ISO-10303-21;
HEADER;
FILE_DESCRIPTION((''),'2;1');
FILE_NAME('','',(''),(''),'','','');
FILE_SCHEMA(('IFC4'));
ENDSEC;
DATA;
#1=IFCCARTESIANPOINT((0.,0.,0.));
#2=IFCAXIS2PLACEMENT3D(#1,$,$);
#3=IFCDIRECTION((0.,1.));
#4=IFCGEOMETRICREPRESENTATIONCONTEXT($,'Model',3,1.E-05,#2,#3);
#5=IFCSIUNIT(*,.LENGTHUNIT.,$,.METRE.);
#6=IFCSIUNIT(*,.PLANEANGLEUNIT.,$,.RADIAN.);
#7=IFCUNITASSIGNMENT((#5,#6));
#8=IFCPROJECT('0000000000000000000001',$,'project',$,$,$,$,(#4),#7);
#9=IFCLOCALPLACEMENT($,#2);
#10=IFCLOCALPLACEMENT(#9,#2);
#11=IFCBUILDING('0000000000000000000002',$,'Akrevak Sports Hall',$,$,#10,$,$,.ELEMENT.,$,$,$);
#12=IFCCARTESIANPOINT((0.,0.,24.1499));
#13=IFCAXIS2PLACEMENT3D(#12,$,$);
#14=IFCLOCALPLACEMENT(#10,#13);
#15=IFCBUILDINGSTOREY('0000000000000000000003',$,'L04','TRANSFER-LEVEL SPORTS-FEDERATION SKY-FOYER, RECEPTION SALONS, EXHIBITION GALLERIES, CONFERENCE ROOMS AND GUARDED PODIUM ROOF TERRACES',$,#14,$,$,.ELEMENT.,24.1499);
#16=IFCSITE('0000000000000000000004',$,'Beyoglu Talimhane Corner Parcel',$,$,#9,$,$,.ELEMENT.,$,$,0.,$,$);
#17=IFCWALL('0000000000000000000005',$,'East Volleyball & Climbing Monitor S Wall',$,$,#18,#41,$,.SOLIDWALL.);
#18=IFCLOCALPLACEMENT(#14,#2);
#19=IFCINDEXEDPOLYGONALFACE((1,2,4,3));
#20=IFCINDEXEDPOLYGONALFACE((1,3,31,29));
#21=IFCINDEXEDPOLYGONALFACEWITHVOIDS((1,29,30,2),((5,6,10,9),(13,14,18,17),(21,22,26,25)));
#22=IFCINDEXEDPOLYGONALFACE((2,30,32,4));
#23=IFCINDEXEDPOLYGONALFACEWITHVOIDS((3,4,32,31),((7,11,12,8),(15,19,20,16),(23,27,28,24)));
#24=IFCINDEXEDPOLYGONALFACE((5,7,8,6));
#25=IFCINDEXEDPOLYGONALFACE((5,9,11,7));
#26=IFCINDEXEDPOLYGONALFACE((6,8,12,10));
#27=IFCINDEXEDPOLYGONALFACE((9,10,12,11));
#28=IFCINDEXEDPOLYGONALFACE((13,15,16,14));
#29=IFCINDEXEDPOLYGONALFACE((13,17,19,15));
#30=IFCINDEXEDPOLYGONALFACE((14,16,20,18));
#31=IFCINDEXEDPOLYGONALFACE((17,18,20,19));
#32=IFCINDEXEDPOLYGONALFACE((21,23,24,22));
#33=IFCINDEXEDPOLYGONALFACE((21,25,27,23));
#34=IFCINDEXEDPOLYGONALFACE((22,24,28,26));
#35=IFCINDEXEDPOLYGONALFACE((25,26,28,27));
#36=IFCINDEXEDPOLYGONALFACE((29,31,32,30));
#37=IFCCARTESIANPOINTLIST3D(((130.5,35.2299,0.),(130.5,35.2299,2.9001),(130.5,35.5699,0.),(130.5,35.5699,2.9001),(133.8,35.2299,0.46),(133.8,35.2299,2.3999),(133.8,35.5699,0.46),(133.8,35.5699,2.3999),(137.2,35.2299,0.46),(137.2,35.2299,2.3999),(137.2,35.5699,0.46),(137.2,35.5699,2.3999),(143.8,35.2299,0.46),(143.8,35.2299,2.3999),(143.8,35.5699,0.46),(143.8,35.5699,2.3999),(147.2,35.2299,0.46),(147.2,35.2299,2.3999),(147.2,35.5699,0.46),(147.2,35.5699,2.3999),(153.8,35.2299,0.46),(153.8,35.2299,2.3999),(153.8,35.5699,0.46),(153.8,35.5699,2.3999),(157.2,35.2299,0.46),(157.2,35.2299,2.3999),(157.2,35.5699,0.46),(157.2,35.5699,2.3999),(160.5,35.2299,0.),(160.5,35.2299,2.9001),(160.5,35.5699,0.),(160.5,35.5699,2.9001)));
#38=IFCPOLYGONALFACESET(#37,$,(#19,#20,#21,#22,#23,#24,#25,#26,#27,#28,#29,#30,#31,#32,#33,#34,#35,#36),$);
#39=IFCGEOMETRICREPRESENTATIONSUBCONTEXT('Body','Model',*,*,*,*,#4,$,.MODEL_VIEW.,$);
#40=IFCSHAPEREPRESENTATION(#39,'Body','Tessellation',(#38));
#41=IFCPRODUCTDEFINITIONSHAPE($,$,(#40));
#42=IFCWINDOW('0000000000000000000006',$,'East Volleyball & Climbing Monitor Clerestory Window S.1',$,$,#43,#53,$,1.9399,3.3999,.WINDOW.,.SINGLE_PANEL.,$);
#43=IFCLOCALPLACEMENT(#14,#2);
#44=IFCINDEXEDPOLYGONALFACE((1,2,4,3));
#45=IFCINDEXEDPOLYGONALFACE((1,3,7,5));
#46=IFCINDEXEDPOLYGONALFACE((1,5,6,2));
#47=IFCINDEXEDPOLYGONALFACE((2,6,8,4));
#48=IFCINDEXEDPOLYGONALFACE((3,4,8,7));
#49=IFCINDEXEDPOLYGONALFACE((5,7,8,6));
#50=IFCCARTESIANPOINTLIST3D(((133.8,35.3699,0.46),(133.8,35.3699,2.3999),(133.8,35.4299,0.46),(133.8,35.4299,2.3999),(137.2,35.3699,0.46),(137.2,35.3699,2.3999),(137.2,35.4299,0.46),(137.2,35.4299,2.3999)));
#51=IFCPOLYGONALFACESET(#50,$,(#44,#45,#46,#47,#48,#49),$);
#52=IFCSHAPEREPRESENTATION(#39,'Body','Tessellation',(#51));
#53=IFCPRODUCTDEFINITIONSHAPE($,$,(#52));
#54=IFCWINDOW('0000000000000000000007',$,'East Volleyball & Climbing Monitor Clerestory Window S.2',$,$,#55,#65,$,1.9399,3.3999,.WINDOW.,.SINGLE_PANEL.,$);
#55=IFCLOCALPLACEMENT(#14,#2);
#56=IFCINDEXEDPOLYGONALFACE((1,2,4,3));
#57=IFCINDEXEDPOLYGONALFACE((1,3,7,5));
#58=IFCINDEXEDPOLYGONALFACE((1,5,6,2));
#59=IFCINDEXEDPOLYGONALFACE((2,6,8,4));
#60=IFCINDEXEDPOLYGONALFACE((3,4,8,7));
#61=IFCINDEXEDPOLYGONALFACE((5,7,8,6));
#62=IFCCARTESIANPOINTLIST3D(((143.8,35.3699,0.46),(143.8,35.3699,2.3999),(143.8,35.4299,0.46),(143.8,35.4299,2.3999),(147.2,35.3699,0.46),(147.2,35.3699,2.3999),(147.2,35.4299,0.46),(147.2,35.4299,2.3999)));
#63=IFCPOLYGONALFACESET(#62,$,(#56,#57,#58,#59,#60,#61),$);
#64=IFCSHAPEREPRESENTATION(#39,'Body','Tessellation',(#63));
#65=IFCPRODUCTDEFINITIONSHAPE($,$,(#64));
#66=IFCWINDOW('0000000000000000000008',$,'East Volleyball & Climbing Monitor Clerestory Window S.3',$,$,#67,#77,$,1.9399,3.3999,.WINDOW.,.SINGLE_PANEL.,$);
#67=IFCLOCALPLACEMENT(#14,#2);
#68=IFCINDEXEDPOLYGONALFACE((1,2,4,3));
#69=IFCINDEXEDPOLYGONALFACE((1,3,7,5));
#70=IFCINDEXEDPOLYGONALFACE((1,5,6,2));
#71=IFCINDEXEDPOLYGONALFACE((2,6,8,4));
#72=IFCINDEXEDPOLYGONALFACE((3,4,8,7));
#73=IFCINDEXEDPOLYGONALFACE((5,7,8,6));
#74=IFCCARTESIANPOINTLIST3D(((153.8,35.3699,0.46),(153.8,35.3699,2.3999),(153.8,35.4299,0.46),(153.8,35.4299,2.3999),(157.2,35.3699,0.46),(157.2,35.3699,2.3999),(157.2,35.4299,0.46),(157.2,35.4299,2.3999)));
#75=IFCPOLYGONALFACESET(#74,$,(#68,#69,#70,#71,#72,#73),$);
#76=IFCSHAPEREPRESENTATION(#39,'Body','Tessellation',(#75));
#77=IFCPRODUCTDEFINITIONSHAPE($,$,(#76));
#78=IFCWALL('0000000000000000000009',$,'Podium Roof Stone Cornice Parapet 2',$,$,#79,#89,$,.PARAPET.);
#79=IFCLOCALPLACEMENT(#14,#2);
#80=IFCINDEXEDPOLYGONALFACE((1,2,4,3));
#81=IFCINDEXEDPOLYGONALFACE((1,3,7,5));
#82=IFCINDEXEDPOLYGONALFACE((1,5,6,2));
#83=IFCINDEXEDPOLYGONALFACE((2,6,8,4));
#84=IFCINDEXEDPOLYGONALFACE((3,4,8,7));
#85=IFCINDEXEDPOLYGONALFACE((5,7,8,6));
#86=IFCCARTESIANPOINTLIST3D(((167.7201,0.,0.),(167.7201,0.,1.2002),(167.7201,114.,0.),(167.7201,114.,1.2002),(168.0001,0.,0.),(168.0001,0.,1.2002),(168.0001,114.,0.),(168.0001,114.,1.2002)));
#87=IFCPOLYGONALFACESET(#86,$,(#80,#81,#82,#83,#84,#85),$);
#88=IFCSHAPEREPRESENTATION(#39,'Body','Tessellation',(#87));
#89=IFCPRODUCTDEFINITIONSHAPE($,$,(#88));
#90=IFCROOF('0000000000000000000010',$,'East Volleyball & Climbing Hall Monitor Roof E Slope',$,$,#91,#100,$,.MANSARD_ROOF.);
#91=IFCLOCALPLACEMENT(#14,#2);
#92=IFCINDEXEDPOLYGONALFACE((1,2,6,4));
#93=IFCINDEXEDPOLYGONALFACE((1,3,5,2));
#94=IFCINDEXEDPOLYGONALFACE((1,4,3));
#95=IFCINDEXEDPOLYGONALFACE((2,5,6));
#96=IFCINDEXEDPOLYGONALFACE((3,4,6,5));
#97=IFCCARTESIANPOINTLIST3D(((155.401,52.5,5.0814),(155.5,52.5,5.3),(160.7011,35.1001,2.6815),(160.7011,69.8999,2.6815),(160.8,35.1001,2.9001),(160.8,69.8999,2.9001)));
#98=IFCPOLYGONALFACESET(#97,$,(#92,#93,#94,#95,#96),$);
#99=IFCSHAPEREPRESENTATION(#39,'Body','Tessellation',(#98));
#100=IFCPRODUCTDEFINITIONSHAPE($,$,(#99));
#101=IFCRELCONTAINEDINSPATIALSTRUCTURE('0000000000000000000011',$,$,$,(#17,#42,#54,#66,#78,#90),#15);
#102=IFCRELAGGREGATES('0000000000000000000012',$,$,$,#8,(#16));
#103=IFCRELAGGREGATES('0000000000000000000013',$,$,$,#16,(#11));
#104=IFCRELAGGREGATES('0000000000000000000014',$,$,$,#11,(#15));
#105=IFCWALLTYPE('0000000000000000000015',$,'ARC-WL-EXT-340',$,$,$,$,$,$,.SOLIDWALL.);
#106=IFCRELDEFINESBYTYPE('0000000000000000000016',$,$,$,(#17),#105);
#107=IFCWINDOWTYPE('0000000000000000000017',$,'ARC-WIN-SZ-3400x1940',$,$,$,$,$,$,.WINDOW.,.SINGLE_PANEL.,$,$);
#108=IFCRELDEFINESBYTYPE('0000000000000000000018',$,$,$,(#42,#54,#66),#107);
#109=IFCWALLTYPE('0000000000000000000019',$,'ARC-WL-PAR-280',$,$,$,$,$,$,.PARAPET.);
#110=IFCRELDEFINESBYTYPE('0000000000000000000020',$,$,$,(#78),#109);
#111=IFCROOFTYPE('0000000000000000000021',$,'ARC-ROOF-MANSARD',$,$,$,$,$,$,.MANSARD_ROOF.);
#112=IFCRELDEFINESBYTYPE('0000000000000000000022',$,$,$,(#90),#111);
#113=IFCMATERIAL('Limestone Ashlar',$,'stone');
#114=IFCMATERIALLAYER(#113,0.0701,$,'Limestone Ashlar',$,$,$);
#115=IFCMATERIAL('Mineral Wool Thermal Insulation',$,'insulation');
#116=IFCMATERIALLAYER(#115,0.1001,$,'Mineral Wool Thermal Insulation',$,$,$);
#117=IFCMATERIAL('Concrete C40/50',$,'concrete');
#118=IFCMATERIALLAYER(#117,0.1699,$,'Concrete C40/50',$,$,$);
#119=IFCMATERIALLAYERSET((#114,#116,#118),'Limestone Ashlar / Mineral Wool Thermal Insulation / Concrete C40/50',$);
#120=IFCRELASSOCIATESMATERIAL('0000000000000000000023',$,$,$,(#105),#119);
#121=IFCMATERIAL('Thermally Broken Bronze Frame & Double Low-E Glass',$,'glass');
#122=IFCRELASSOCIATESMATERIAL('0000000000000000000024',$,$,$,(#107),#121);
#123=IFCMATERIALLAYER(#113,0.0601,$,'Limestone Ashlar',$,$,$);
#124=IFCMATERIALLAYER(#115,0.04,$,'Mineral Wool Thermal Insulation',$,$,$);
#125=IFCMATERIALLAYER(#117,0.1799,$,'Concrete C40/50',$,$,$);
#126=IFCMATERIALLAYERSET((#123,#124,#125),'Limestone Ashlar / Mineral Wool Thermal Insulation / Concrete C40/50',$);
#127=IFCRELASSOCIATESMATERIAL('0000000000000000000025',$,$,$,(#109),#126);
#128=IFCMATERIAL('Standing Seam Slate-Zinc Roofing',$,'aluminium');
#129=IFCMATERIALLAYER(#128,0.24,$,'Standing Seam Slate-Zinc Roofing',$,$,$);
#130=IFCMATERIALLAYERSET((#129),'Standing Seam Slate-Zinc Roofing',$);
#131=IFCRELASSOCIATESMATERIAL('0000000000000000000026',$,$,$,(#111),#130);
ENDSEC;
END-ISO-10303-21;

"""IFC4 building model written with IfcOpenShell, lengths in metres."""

from ifc_helpers import new_model, si_unit, direction, frame, frame_2d, origin, place, context, subcontext, project, spatial, polyline, rectangle, outline, extrude, material, layer, layer_set, type_object, element, fill, save


model = new_model("IFC4")

# Units and contexts
model_context = context("Model", 3, precision=1e-05, world=origin(), true_north=direction((0.0, 1.0)))
body_context = subcontext(model_context, "Body", "Model", "MODEL_VIEW")
ifc_project = project(units=[si_unit("LENGTHUNIT", "METRE"), si_unit("PLANEANGLEUNIT", "RADIAN")], contexts=[model_context])

# Site, building, storey
site_placement = place(None, origin())
site = spatial("IfcSite", under=ifc_project, at=site_placement, Name="Beyoglu Talimhane Corner Parcel", CompositionType="ELEMENT", RefElevation=0.0)
building_placement = place(site_placement, origin())
building = spatial("IfcBuilding", under=site, at=building_placement, Name="Akrevak Sports Hall", CompositionType="ELEMENT")
storey_placement = place(building_placement, frame((0.0, 0.0, 24.1499)))
storey = spatial("IfcBuildingStorey", under=building, at=storey_placement, Name="L04", Description="TRANSFER-LEVEL SPORTS-FEDERATION SKY-FOYER, RECEPTION SALONS, EXHIBITION GALLERIES, CONFERENCE ROOMS AND GUARDED PODIUM ROOF TERRACES", CompositionType="ELEMENT", Elevation=24.1499)

# Shared definitions
ifc_material_1 = material(Name="Concrete C40/50", Category="concrete")

# Wall, openings, windows
ifc_material_2 = material(Name="Limestone Ashlar", Category="stone")
ifc_layer_1 = layer(ifc_material_2, 0.0701, Name="Limestone Ashlar")
ifc_material_3 = material(Name="Mineral Wool Thermal Insulation", Category="insulation")
ifc_layer_2 = layer(ifc_material_3, 0.1001, Name="Mineral Wool Thermal Insulation")
ifc_layer_3 = layer(ifc_material_1, 0.1699, Name="Concrete C40/50")
ifc_layer_set_1 = layer_set([ifc_layer_1, ifc_layer_2, ifc_layer_3], Name="Limestone Ashlar / Mineral Wool Thermal Insulation / Concrete C40/50")
wall_type_1 = type_object("IfcWallType", Name="ARC-WL-EXT-340", PredefinedType="SOLIDWALL", material=ifc_layer_set_1)
wall_1_placement = place(storey_placement, frame((130.5, 35.3999, 0.0), z_axis=(0.0, 0.0, 1.0), x_axis=(1.0, 0.0, 0.0)))
wall_1 = element("IfcWall", 1, at=wall_1_placement, inside=storey, type_object=wall_type_1, Name="East Volleyball & Climbing Monitor S Wall", PredefinedType="SOLIDWALL", context=body_context, shape_type="SweptSolid", body=[
    extrude(rectangle(XDim=30.0, YDim=0.3401, at=frame_2d((15.0, 0.0))), origin(), (0.0, 0.0, 1.0), 2.9001),
])
opening_1_placement = place(wall_1_placement, frame((3.3, 0.0, 0.46)))
opening_1 = element("IfcOpeningElement", 2, at=opening_1_placement, cuts=wall_1, PredefinedType="OPENING", context=body_context, shape_type="SweptSolid", body=[
    extrude(rectangle(XDim=3.3999, YDim=1.9399, at=frame_2d((1.7, 0.97))), frame((0.0, 0.1821, 0.0), z_axis=(0.0, -1.0, 0.0), x_axis=(1.0, 0.0, 0.0)), (0.0, 0.0, 1.0), 0.364),
])
opening_2_placement = place(wall_1_placement, frame((13.3, 0.0, 0.46)))
opening_2 = element("IfcOpeningElement", 3, at=opening_2_placement, cuts=wall_1, PredefinedType="OPENING", context=body_context, shape_type="SweptSolid", body=[
    extrude(rectangle(XDim=3.3999, YDim=1.9399, at=frame_2d((1.7, 0.97))), frame((0.0, 0.1821, 0.0), z_axis=(0.0, -1.0, 0.0), x_axis=(1.0, 0.0, 0.0)), (0.0, 0.0, 1.0), 0.364),
])
opening_3_placement = place(wall_1_placement, frame((23.3, 0.0, 0.46)))
opening_3 = element("IfcOpeningElement", 4, at=opening_3_placement, cuts=wall_1, PredefinedType="OPENING", context=body_context, shape_type="SweptSolid", body=[
    extrude(rectangle(XDim=3.3999, YDim=1.9399, at=frame_2d((1.7, 0.97))), frame((0.0, 0.1821, 0.0), z_axis=(0.0, -1.0, 0.0), x_axis=(1.0, 0.0, 0.0)), (0.0, 0.0, 1.0), 0.364),
])
ifc_material_4 = material(Name="Thermally Broken Bronze Frame & Double Low-E Glass", Category="glass")
window_type = type_object("IfcWindowType", Name="ARC-WIN-SZ-3400x1940", PartitioningType="SINGLE_PANEL", PredefinedType="WINDOW", material=ifc_material_4)
window_1_placement = place(opening_1_placement, origin())
window_1 = element("IfcWindow", 5, at=window_1_placement, inside=storey, type_object=window_type, Name="East Volleyball & Climbing Monitor Clerestory Window S.1", OverallHeight=1.9399, OverallWidth=3.3999, PartitioningType="SINGLE_PANEL", PredefinedType="WINDOW", context=body_context, shape_type="SweptSolid", body=[
    extrude(rectangle(XDim=3.3999, YDim=1.9399, at=frame_2d((1.7, 0.97))), frame((0.0, 0.03, 0.0), z_axis=(0.0, -1.0, 0.0), x_axis=(1.0, 0.0, 0.0)), (0.0, 0.0, 1.0), 0.0601),
])
fill(opening_1, window_1)
window_2_placement = place(opening_2_placement, origin())
window_2 = element("IfcWindow", 6, at=window_2_placement, inside=storey, type_object=window_type, Name="East Volleyball & Climbing Monitor Clerestory Window S.2", OverallHeight=1.9399, OverallWidth=3.3999, PartitioningType="SINGLE_PANEL", PredefinedType="WINDOW", context=body_context, shape_type="SweptSolid", body=[
    extrude(rectangle(XDim=3.3999, YDim=1.9399, at=frame_2d((1.7, 0.97))), frame((0.0, 0.03, 0.0), z_axis=(0.0, -1.0, 0.0), x_axis=(1.0, 0.0, 0.0)), (0.0, 0.0, 1.0), 0.0601),
])
fill(opening_2, window_2)
window_3_placement = place(opening_3_placement, origin())
window_3 = element("IfcWindow", 7, at=window_3_placement, inside=storey, type_object=window_type, Name="East Volleyball & Climbing Monitor Clerestory Window S.3", OverallHeight=1.9399, OverallWidth=3.3999, PartitioningType="SINGLE_PANEL", PredefinedType="WINDOW", context=body_context, shape_type="SweptSolid", body=[
    extrude(rectangle(XDim=3.3999, YDim=1.9399, at=frame_2d((1.7, 0.97))), frame((0.0, 0.03, 0.0), z_axis=(0.0, -1.0, 0.0), x_axis=(1.0, 0.0, 0.0)), (0.0, 0.0, 1.0), 0.0601),
])
fill(opening_3, window_3)

# Wall
ifc_layer_4 = layer(ifc_material_2, 0.0601, Name="Limestone Ashlar")
ifc_layer_5 = layer(ifc_material_3, 0.04, Name="Mineral Wool Thermal Insulation")
ifc_layer_6 = layer(ifc_material_1, 0.1799, Name="Concrete C40/50")
ifc_layer_set_2 = layer_set([ifc_layer_4, ifc_layer_5, ifc_layer_6], Name="Limestone Ashlar / Mineral Wool Thermal Insulation / Concrete C40/50")
wall_type_2 = type_object("IfcWallType", Name="ARC-WL-PAR-280", PredefinedType="PARAPET", material=ifc_layer_set_2)
wall_2_placement = place(storey_placement, frame((167.8601, 0.0, 0.0), z_axis=(0.0, 0.0, 1.0), x_axis=(0.0, 1.0, 0.0)))
element("IfcWall", 8, at=wall_2_placement, inside=storey, type_object=wall_type_2, Name="Podium Roof Stone Cornice Parapet 2", PredefinedType="PARAPET", context=body_context, shape_type="SweptSolid", body=[
    extrude(rectangle(XDim=114.0, YDim=0.28, at=frame_2d((57.0, 0.0))), origin(), (0.0, 0.0, 1.0), 1.2002),
])

# Roof
ifc_material_5 = material(Name="Standing Seam Slate-Zinc Roofing", Category="aluminium")
ifc_layer_7 = layer(ifc_material_5, 0.24, Name="Standing Seam Slate-Zinc Roofing")
ifc_layer_set_3 = layer_set([ifc_layer_7], Name="Standing Seam Slate-Zinc Roofing")
roof_type = type_object("IfcRoofType", Name="ARC-ROOF-MANSARD", PredefinedType="MANSARD_ROOF", material=ifc_layer_set_3)
roof_placement = place(storey_placement, frame((160.8, 35.1001, 2.9001), z_axis=(0.41249, 0.0, 0.910962), x_axis=(0.0, 1.0, 0.0)))
element("IfcRoof", 9, at=roof_placement, inside=storey, type_object=roof_type, Name="East Volleyball & Climbing Hall Monitor Roof E Slope", PredefinedType="MANSARD_ROOF", context=body_context, shape_type="SweptSolid", body=[
    extrude(outline(polyline([(0.0, 0.0), (34.7998, 0.0), (17.3999, 5.8181), (0.0, 0.0)])), origin(), (0.0, 0.0, -1.0), 0.24),
])

save(model, "model.ifc")
